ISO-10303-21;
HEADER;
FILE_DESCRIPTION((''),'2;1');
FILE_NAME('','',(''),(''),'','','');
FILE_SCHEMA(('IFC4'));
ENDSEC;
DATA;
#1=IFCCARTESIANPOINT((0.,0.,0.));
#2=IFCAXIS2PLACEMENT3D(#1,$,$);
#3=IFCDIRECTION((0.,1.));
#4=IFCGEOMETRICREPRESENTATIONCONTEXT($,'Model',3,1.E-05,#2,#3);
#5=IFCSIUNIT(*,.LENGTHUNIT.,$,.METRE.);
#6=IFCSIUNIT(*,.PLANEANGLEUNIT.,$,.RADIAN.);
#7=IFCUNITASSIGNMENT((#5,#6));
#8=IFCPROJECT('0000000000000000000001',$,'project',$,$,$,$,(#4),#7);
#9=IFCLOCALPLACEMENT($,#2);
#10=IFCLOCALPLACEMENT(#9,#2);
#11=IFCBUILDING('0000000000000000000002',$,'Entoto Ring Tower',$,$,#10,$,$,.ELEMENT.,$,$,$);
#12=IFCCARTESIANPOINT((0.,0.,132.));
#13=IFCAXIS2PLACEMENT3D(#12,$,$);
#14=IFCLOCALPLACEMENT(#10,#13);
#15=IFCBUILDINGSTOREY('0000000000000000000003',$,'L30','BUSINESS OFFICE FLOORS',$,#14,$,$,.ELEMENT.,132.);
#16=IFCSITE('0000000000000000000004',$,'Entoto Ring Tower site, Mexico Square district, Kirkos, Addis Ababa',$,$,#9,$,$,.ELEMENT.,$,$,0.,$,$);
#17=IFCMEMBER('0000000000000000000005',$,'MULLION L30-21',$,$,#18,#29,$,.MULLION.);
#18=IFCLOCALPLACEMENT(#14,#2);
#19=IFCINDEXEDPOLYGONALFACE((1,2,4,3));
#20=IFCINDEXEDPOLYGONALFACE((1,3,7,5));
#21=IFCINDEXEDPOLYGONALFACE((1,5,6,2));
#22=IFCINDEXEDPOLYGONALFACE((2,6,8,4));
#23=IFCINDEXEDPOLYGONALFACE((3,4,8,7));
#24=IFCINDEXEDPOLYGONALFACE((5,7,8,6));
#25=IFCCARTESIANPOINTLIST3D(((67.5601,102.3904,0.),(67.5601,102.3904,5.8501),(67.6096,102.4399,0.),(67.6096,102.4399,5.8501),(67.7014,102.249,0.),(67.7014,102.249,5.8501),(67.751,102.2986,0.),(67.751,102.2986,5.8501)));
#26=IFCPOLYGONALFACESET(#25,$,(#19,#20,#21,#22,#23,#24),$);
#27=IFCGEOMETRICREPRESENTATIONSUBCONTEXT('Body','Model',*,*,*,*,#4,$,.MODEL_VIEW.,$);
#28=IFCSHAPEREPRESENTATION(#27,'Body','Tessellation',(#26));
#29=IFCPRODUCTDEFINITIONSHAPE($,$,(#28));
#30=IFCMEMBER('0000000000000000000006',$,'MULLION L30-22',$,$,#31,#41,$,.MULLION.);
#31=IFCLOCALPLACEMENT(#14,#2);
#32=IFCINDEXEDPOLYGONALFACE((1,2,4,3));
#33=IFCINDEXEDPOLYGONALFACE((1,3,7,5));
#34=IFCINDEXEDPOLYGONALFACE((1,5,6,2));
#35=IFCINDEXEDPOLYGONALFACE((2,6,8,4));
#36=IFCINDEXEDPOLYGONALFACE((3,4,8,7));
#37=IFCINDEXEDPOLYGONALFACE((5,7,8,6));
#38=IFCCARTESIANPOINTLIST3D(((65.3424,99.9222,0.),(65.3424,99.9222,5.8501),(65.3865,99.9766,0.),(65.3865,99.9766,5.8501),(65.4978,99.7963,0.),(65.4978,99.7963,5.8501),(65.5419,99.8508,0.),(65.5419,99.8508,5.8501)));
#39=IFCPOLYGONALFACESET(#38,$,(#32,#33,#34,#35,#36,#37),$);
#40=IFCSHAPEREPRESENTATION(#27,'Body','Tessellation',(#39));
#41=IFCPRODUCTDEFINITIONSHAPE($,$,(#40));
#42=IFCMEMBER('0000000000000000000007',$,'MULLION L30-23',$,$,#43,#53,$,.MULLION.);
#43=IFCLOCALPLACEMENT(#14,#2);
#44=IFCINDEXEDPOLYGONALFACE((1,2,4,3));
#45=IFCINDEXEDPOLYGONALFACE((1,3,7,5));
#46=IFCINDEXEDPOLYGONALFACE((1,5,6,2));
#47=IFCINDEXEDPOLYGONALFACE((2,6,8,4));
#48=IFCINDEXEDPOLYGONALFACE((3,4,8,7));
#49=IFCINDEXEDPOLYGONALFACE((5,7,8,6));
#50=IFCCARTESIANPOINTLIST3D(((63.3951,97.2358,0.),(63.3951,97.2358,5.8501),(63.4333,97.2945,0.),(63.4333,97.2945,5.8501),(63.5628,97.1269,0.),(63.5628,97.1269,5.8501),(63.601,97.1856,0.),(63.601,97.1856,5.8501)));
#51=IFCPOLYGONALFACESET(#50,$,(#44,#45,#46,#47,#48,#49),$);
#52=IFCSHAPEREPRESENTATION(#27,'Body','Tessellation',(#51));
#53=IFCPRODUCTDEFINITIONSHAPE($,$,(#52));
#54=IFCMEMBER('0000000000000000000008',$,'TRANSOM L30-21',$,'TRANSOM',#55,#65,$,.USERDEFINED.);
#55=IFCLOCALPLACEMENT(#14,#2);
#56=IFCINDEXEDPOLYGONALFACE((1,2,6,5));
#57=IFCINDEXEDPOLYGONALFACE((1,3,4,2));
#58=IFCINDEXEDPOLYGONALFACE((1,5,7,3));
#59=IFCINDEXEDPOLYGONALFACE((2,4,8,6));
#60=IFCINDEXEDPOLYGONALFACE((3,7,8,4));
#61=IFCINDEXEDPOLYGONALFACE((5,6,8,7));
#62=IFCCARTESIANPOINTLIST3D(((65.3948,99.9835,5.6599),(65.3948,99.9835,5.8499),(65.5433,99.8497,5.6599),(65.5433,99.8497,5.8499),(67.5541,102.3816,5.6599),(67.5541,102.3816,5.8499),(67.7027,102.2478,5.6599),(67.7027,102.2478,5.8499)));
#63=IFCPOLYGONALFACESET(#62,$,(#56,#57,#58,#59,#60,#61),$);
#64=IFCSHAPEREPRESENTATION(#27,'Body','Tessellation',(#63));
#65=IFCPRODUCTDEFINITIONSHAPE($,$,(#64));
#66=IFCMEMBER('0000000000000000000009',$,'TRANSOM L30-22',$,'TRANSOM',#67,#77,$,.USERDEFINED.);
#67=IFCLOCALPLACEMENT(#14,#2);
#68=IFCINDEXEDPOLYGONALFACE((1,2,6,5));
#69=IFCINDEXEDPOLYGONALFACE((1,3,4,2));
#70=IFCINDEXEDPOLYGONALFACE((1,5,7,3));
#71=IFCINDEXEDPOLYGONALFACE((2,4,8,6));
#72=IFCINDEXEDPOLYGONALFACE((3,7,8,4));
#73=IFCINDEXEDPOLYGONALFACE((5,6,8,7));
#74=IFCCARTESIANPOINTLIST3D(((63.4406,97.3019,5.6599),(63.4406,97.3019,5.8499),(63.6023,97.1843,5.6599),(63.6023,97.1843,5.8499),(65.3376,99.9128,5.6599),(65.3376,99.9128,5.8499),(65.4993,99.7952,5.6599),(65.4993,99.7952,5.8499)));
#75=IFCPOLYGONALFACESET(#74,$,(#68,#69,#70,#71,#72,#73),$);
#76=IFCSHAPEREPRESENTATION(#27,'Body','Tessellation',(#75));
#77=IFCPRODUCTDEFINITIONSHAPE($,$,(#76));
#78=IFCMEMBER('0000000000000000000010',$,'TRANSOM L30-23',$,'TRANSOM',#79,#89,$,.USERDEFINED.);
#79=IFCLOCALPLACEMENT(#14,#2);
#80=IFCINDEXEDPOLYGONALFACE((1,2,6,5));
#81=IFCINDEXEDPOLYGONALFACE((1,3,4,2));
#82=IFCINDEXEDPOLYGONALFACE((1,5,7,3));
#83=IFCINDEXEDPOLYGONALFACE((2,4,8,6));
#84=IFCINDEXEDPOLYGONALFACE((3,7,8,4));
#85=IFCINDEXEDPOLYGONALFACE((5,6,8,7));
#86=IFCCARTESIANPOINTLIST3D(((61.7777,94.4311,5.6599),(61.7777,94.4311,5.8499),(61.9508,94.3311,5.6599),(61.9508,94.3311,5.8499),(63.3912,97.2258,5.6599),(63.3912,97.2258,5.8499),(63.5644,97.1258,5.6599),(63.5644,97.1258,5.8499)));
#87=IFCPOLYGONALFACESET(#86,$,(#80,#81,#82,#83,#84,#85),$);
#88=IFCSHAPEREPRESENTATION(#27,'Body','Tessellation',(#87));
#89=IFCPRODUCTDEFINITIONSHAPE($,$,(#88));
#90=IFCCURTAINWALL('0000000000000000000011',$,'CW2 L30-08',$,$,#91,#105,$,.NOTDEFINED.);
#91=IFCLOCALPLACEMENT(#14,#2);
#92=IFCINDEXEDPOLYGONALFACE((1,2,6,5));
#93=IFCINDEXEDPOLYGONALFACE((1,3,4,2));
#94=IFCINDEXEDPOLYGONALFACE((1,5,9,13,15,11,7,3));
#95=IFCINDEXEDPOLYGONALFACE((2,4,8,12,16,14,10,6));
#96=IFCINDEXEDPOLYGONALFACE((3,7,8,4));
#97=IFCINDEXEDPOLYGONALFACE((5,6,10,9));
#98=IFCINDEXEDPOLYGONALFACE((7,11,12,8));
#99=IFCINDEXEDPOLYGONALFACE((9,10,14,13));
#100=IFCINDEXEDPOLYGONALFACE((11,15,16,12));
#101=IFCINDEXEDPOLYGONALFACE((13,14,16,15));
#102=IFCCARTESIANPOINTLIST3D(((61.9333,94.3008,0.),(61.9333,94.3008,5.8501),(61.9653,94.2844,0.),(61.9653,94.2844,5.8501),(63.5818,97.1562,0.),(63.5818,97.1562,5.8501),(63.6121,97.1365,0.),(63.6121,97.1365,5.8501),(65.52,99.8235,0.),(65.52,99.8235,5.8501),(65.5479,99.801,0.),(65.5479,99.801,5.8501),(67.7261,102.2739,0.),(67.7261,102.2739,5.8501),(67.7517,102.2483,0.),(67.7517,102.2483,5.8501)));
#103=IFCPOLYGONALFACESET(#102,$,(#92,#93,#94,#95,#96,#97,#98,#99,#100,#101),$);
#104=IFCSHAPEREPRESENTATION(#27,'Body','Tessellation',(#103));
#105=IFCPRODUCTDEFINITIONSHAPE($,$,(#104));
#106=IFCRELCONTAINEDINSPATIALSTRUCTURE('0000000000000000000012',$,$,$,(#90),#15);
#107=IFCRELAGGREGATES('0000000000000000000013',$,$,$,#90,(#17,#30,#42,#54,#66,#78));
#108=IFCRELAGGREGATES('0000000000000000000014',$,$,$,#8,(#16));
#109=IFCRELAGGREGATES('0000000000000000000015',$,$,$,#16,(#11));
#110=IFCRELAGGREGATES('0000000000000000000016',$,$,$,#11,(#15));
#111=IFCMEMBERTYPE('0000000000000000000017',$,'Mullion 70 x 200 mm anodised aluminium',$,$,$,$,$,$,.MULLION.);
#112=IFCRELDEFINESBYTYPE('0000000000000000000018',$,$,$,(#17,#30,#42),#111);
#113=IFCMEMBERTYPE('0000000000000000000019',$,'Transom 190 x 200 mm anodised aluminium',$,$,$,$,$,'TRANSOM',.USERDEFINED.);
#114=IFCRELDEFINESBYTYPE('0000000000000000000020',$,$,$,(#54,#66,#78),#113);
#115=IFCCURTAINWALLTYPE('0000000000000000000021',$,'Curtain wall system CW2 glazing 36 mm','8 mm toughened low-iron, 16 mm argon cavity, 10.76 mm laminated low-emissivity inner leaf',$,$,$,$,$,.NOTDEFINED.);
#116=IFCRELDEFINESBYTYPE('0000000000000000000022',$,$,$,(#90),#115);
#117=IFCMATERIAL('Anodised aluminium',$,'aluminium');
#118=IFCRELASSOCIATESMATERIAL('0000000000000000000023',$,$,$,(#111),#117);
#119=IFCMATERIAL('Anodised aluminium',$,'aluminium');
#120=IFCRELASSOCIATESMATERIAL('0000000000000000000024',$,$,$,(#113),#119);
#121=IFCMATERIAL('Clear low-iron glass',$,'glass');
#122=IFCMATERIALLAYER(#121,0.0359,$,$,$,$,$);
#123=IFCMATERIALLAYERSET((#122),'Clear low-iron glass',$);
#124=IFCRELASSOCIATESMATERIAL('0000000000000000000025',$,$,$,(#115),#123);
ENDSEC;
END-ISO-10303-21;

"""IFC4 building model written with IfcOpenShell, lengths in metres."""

from ifc_helpers import new_model, si_unit, direction, frame, origin, origin_2d, place, context, subcontext, project, spatial, polyline, rectangle, outline, extrude, material, layer, layer_set, material_profile, profile_set, type_object, element, aggregate, save


model = new_model("IFC4")

# Units and contexts
model_context = context("Model", 3, precision=1e-05, world=origin(), true_north=direction((0.0, 1.0)))
body_context = subcontext(model_context, "Body", "Model", "MODEL_VIEW")
ifc_project = project(units=[si_unit("LENGTHUNIT", "METRE"), si_unit("PLANEANGLEUNIT", "RADIAN")], contexts=[model_context])

# Members
ifc_material_1 = material(Name="Anodised aluminium", Category="aluminium")
ifc_material_profile_1 = material_profile(ifc_material_1, rectangle(XDim=0.0701, YDim=0.2, at=origin_2d()), Name="Mullion 70 x 200 mm anodised aluminium")
ifc_profile_set_1 = profile_set([ifc_material_profile_1], Name="Anodised aluminium")
member_type_1 = type_object("IfcMemberType", Name="Mullion 70 x 200 mm anodised aluminium", PredefinedType="MULLION", material=ifc_profile_set_1)
site_placement = place(None, origin())
building_placement = place(site_placement, origin())
storey_placement = place(building_placement, frame((0.0, 0.0, 132.0)))
member_1_placement = place(storey_placement, frame((67.6555, 102.3445, 0.0), z_axis=(0.0, 0.0, 1.0), x_axis=(-0.707107, -0.707107, 0.0)))
member_1 = element("IfcMember", 1, at=member_1_placement, type_object=member_type_1, Name="MULLION L30-21", PredefinedType="MULLION", context=body_context, shape_type="SweptSolid", body=[
    extrude(rectangle(XDim=0.0701, YDim=0.2, at=origin_2d()), origin(), (0.0, 0.0, 1.0), 5.8501),
])
member_2_placement = place(storey_placement, frame((65.4421, 99.8865, 0.0), z_axis=(0.0, 0.0, 1.0), x_axis=(-0.62932, -0.777146, 0.0)))
member_2 = element("IfcMember", 2, at=member_2_placement, type_object=member_type_1, Name="MULLION L30-22", PredefinedType="MULLION", context=body_context, shape_type="SweptSolid", body=[
    extrude(rectangle(XDim=0.0701, YDim=0.2, at=origin_2d()), origin(), (0.0, 0.0, 1.0), 5.8501),
])
member_3_placement = place(storey_placement, frame((63.498, 97.2107, 0.0), z_axis=(0.0, 0.0, 1.0), x_axis=(-0.544639, -0.838671, 0.0)))
member_3 = element("IfcMember", 3, at=member_3_placement, type_object=member_type_1, Name="MULLION L30-23", PredefinedType="MULLION", context=body_context, shape_type="SweptSolid", body=[
    extrude(rectangle(XDim=0.0701, YDim=0.2, at=origin_2d()), origin(), (0.0, 0.0, 1.0), 5.8501),
])
ifc_material_2 = material(Name="Anodised aluminium", Category="aluminium")
ifc_material_profile_2 = material_profile(ifc_material_2, rectangle(XDim=0.2, YDim=0.1899, at=origin_2d()), Name="Transom 190 x 200 mm anodised aluminium")
ifc_profile_set_2 = profile_set([ifc_material_profile_2], Name="Anodised aluminium")
member_type_2 = type_object("IfcMemberType", Name="Transom 190 x 200 mm anodised aluminium", ElementType="TRANSOM", PredefinedType="USERDEFINED", material=ifc_profile_set_2)
member_4_placement = place(storey_placement, frame((67.6284, 102.3147, 5.7549), z_axis=(-0.669144, -0.743132, 0.0), x_axis=(0.743132, -0.669144, 0.0)))
member_4 = element("IfcMember", 4, at=member_4_placement, type_object=member_type_2, Name="TRANSOM L30-21", ObjectType="TRANSOM", PredefinedType="USERDEFINED", context=body_context, shape_type="SweptSolid", body=[
    extrude(rectangle(XDim=0.2, YDim=0.1899, at=origin_2d()), origin(), (0.0, 0.0, 1.0), 3.2271),
])
member_5_placement = place(storey_placement, frame((65.4185, 99.854, 5.7549), z_axis=(-0.587803, -0.809004, 0.0), x_axis=(0.809004, -0.587803, 0.0)))
member_5 = element("IfcMember", 5, at=member_5_placement, type_object=member_type_2, Name="TRANSOM L30-22", ObjectType="TRANSOM", PredefinedType="USERDEFINED", context=body_context, shape_type="SweptSolid", body=[
    extrude(rectangle(XDim=0.2, YDim=0.1899, at=origin_2d()), origin(), (0.0, 0.0, 1.0), 3.2273),
])
member_6_placement = place(storey_placement, frame((63.4778, 97.1758, 5.7549), z_axis=(-0.500004, -0.866023, 0.0), x_axis=(0.866023, -0.500004, 0.0)))
member_6 = element("IfcMember", 6, at=member_6_placement, type_object=member_type_2, Name="TRANSOM L30-23", ObjectType="TRANSOM", PredefinedType="USERDEFINED", context=body_context, shape_type="SweptSolid", body=[
    extrude(rectangle(XDim=0.2, YDim=0.1899, at=origin_2d()), origin(), (0.0, 0.0, 1.0), 3.2271),
])

# Site, building, storey
site = spatial("IfcSite", under=ifc_project, at=site_placement, Name="Entoto Ring Tower site, Mexico Square district, Kirkos, Addis Ababa", CompositionType="ELEMENT", RefElevation=0.0)
building = spatial("IfcBuilding", under=site, at=building_placement, Name="Entoto Ring Tower", CompositionType="ELEMENT")
storey = spatial("IfcBuildingStorey", under=building, at=storey_placement, Name="L30", Description="BUSINESS OFFICE FLOORS", CompositionType="ELEMENT", Elevation=132.0)

# Curtain wall
ifc_material_3 = material(Name="Clear low-iron glass", Category="glass")
ifc_layer = layer(ifc_material_3, 0.0359)
ifc_layer_set = layer_set([ifc_layer], Name="Clear low-iron glass")
curtain_wall_type = type_object("IfcCurtainWallType", Name="Curtain wall system CW2 glazing 36 mm", Description="8 mm toughened low-iron, 16 mm argon cavity, 10.76 mm laminated low-emissivity inner leaf", PredefinedType="NOTDEFINED", material=ifc_layer_set)
curtain_wall_1_placement = place(storey_placement, origin())
curtain_wall_1 = element("IfcCurtainWall", 7, at=curtain_wall_1_placement, inside=storey, type_object=curtain_wall_type, Name="CW2 L30-08", PredefinedType="NOTDEFINED", context=body_context, shape_type="SweptSolid", body=[
    extrude(outline(polyline([(67.7261, 102.2739), (65.52, 99.8235), (63.5818, 97.1562), (61.9333, 94.3008), (61.9653, 94.2844), (63.6121, 97.1365), (65.5479, 99.801), (67.7517, 102.2483), (67.7261, 102.2739)])), origin(), (0.0, 0.0, 1.0), 5.8501),
])
aggregate(curtain_wall_1, [member_1, member_2, member_3, member_4, member_5, member_6])

save(model, "model.ifc")
